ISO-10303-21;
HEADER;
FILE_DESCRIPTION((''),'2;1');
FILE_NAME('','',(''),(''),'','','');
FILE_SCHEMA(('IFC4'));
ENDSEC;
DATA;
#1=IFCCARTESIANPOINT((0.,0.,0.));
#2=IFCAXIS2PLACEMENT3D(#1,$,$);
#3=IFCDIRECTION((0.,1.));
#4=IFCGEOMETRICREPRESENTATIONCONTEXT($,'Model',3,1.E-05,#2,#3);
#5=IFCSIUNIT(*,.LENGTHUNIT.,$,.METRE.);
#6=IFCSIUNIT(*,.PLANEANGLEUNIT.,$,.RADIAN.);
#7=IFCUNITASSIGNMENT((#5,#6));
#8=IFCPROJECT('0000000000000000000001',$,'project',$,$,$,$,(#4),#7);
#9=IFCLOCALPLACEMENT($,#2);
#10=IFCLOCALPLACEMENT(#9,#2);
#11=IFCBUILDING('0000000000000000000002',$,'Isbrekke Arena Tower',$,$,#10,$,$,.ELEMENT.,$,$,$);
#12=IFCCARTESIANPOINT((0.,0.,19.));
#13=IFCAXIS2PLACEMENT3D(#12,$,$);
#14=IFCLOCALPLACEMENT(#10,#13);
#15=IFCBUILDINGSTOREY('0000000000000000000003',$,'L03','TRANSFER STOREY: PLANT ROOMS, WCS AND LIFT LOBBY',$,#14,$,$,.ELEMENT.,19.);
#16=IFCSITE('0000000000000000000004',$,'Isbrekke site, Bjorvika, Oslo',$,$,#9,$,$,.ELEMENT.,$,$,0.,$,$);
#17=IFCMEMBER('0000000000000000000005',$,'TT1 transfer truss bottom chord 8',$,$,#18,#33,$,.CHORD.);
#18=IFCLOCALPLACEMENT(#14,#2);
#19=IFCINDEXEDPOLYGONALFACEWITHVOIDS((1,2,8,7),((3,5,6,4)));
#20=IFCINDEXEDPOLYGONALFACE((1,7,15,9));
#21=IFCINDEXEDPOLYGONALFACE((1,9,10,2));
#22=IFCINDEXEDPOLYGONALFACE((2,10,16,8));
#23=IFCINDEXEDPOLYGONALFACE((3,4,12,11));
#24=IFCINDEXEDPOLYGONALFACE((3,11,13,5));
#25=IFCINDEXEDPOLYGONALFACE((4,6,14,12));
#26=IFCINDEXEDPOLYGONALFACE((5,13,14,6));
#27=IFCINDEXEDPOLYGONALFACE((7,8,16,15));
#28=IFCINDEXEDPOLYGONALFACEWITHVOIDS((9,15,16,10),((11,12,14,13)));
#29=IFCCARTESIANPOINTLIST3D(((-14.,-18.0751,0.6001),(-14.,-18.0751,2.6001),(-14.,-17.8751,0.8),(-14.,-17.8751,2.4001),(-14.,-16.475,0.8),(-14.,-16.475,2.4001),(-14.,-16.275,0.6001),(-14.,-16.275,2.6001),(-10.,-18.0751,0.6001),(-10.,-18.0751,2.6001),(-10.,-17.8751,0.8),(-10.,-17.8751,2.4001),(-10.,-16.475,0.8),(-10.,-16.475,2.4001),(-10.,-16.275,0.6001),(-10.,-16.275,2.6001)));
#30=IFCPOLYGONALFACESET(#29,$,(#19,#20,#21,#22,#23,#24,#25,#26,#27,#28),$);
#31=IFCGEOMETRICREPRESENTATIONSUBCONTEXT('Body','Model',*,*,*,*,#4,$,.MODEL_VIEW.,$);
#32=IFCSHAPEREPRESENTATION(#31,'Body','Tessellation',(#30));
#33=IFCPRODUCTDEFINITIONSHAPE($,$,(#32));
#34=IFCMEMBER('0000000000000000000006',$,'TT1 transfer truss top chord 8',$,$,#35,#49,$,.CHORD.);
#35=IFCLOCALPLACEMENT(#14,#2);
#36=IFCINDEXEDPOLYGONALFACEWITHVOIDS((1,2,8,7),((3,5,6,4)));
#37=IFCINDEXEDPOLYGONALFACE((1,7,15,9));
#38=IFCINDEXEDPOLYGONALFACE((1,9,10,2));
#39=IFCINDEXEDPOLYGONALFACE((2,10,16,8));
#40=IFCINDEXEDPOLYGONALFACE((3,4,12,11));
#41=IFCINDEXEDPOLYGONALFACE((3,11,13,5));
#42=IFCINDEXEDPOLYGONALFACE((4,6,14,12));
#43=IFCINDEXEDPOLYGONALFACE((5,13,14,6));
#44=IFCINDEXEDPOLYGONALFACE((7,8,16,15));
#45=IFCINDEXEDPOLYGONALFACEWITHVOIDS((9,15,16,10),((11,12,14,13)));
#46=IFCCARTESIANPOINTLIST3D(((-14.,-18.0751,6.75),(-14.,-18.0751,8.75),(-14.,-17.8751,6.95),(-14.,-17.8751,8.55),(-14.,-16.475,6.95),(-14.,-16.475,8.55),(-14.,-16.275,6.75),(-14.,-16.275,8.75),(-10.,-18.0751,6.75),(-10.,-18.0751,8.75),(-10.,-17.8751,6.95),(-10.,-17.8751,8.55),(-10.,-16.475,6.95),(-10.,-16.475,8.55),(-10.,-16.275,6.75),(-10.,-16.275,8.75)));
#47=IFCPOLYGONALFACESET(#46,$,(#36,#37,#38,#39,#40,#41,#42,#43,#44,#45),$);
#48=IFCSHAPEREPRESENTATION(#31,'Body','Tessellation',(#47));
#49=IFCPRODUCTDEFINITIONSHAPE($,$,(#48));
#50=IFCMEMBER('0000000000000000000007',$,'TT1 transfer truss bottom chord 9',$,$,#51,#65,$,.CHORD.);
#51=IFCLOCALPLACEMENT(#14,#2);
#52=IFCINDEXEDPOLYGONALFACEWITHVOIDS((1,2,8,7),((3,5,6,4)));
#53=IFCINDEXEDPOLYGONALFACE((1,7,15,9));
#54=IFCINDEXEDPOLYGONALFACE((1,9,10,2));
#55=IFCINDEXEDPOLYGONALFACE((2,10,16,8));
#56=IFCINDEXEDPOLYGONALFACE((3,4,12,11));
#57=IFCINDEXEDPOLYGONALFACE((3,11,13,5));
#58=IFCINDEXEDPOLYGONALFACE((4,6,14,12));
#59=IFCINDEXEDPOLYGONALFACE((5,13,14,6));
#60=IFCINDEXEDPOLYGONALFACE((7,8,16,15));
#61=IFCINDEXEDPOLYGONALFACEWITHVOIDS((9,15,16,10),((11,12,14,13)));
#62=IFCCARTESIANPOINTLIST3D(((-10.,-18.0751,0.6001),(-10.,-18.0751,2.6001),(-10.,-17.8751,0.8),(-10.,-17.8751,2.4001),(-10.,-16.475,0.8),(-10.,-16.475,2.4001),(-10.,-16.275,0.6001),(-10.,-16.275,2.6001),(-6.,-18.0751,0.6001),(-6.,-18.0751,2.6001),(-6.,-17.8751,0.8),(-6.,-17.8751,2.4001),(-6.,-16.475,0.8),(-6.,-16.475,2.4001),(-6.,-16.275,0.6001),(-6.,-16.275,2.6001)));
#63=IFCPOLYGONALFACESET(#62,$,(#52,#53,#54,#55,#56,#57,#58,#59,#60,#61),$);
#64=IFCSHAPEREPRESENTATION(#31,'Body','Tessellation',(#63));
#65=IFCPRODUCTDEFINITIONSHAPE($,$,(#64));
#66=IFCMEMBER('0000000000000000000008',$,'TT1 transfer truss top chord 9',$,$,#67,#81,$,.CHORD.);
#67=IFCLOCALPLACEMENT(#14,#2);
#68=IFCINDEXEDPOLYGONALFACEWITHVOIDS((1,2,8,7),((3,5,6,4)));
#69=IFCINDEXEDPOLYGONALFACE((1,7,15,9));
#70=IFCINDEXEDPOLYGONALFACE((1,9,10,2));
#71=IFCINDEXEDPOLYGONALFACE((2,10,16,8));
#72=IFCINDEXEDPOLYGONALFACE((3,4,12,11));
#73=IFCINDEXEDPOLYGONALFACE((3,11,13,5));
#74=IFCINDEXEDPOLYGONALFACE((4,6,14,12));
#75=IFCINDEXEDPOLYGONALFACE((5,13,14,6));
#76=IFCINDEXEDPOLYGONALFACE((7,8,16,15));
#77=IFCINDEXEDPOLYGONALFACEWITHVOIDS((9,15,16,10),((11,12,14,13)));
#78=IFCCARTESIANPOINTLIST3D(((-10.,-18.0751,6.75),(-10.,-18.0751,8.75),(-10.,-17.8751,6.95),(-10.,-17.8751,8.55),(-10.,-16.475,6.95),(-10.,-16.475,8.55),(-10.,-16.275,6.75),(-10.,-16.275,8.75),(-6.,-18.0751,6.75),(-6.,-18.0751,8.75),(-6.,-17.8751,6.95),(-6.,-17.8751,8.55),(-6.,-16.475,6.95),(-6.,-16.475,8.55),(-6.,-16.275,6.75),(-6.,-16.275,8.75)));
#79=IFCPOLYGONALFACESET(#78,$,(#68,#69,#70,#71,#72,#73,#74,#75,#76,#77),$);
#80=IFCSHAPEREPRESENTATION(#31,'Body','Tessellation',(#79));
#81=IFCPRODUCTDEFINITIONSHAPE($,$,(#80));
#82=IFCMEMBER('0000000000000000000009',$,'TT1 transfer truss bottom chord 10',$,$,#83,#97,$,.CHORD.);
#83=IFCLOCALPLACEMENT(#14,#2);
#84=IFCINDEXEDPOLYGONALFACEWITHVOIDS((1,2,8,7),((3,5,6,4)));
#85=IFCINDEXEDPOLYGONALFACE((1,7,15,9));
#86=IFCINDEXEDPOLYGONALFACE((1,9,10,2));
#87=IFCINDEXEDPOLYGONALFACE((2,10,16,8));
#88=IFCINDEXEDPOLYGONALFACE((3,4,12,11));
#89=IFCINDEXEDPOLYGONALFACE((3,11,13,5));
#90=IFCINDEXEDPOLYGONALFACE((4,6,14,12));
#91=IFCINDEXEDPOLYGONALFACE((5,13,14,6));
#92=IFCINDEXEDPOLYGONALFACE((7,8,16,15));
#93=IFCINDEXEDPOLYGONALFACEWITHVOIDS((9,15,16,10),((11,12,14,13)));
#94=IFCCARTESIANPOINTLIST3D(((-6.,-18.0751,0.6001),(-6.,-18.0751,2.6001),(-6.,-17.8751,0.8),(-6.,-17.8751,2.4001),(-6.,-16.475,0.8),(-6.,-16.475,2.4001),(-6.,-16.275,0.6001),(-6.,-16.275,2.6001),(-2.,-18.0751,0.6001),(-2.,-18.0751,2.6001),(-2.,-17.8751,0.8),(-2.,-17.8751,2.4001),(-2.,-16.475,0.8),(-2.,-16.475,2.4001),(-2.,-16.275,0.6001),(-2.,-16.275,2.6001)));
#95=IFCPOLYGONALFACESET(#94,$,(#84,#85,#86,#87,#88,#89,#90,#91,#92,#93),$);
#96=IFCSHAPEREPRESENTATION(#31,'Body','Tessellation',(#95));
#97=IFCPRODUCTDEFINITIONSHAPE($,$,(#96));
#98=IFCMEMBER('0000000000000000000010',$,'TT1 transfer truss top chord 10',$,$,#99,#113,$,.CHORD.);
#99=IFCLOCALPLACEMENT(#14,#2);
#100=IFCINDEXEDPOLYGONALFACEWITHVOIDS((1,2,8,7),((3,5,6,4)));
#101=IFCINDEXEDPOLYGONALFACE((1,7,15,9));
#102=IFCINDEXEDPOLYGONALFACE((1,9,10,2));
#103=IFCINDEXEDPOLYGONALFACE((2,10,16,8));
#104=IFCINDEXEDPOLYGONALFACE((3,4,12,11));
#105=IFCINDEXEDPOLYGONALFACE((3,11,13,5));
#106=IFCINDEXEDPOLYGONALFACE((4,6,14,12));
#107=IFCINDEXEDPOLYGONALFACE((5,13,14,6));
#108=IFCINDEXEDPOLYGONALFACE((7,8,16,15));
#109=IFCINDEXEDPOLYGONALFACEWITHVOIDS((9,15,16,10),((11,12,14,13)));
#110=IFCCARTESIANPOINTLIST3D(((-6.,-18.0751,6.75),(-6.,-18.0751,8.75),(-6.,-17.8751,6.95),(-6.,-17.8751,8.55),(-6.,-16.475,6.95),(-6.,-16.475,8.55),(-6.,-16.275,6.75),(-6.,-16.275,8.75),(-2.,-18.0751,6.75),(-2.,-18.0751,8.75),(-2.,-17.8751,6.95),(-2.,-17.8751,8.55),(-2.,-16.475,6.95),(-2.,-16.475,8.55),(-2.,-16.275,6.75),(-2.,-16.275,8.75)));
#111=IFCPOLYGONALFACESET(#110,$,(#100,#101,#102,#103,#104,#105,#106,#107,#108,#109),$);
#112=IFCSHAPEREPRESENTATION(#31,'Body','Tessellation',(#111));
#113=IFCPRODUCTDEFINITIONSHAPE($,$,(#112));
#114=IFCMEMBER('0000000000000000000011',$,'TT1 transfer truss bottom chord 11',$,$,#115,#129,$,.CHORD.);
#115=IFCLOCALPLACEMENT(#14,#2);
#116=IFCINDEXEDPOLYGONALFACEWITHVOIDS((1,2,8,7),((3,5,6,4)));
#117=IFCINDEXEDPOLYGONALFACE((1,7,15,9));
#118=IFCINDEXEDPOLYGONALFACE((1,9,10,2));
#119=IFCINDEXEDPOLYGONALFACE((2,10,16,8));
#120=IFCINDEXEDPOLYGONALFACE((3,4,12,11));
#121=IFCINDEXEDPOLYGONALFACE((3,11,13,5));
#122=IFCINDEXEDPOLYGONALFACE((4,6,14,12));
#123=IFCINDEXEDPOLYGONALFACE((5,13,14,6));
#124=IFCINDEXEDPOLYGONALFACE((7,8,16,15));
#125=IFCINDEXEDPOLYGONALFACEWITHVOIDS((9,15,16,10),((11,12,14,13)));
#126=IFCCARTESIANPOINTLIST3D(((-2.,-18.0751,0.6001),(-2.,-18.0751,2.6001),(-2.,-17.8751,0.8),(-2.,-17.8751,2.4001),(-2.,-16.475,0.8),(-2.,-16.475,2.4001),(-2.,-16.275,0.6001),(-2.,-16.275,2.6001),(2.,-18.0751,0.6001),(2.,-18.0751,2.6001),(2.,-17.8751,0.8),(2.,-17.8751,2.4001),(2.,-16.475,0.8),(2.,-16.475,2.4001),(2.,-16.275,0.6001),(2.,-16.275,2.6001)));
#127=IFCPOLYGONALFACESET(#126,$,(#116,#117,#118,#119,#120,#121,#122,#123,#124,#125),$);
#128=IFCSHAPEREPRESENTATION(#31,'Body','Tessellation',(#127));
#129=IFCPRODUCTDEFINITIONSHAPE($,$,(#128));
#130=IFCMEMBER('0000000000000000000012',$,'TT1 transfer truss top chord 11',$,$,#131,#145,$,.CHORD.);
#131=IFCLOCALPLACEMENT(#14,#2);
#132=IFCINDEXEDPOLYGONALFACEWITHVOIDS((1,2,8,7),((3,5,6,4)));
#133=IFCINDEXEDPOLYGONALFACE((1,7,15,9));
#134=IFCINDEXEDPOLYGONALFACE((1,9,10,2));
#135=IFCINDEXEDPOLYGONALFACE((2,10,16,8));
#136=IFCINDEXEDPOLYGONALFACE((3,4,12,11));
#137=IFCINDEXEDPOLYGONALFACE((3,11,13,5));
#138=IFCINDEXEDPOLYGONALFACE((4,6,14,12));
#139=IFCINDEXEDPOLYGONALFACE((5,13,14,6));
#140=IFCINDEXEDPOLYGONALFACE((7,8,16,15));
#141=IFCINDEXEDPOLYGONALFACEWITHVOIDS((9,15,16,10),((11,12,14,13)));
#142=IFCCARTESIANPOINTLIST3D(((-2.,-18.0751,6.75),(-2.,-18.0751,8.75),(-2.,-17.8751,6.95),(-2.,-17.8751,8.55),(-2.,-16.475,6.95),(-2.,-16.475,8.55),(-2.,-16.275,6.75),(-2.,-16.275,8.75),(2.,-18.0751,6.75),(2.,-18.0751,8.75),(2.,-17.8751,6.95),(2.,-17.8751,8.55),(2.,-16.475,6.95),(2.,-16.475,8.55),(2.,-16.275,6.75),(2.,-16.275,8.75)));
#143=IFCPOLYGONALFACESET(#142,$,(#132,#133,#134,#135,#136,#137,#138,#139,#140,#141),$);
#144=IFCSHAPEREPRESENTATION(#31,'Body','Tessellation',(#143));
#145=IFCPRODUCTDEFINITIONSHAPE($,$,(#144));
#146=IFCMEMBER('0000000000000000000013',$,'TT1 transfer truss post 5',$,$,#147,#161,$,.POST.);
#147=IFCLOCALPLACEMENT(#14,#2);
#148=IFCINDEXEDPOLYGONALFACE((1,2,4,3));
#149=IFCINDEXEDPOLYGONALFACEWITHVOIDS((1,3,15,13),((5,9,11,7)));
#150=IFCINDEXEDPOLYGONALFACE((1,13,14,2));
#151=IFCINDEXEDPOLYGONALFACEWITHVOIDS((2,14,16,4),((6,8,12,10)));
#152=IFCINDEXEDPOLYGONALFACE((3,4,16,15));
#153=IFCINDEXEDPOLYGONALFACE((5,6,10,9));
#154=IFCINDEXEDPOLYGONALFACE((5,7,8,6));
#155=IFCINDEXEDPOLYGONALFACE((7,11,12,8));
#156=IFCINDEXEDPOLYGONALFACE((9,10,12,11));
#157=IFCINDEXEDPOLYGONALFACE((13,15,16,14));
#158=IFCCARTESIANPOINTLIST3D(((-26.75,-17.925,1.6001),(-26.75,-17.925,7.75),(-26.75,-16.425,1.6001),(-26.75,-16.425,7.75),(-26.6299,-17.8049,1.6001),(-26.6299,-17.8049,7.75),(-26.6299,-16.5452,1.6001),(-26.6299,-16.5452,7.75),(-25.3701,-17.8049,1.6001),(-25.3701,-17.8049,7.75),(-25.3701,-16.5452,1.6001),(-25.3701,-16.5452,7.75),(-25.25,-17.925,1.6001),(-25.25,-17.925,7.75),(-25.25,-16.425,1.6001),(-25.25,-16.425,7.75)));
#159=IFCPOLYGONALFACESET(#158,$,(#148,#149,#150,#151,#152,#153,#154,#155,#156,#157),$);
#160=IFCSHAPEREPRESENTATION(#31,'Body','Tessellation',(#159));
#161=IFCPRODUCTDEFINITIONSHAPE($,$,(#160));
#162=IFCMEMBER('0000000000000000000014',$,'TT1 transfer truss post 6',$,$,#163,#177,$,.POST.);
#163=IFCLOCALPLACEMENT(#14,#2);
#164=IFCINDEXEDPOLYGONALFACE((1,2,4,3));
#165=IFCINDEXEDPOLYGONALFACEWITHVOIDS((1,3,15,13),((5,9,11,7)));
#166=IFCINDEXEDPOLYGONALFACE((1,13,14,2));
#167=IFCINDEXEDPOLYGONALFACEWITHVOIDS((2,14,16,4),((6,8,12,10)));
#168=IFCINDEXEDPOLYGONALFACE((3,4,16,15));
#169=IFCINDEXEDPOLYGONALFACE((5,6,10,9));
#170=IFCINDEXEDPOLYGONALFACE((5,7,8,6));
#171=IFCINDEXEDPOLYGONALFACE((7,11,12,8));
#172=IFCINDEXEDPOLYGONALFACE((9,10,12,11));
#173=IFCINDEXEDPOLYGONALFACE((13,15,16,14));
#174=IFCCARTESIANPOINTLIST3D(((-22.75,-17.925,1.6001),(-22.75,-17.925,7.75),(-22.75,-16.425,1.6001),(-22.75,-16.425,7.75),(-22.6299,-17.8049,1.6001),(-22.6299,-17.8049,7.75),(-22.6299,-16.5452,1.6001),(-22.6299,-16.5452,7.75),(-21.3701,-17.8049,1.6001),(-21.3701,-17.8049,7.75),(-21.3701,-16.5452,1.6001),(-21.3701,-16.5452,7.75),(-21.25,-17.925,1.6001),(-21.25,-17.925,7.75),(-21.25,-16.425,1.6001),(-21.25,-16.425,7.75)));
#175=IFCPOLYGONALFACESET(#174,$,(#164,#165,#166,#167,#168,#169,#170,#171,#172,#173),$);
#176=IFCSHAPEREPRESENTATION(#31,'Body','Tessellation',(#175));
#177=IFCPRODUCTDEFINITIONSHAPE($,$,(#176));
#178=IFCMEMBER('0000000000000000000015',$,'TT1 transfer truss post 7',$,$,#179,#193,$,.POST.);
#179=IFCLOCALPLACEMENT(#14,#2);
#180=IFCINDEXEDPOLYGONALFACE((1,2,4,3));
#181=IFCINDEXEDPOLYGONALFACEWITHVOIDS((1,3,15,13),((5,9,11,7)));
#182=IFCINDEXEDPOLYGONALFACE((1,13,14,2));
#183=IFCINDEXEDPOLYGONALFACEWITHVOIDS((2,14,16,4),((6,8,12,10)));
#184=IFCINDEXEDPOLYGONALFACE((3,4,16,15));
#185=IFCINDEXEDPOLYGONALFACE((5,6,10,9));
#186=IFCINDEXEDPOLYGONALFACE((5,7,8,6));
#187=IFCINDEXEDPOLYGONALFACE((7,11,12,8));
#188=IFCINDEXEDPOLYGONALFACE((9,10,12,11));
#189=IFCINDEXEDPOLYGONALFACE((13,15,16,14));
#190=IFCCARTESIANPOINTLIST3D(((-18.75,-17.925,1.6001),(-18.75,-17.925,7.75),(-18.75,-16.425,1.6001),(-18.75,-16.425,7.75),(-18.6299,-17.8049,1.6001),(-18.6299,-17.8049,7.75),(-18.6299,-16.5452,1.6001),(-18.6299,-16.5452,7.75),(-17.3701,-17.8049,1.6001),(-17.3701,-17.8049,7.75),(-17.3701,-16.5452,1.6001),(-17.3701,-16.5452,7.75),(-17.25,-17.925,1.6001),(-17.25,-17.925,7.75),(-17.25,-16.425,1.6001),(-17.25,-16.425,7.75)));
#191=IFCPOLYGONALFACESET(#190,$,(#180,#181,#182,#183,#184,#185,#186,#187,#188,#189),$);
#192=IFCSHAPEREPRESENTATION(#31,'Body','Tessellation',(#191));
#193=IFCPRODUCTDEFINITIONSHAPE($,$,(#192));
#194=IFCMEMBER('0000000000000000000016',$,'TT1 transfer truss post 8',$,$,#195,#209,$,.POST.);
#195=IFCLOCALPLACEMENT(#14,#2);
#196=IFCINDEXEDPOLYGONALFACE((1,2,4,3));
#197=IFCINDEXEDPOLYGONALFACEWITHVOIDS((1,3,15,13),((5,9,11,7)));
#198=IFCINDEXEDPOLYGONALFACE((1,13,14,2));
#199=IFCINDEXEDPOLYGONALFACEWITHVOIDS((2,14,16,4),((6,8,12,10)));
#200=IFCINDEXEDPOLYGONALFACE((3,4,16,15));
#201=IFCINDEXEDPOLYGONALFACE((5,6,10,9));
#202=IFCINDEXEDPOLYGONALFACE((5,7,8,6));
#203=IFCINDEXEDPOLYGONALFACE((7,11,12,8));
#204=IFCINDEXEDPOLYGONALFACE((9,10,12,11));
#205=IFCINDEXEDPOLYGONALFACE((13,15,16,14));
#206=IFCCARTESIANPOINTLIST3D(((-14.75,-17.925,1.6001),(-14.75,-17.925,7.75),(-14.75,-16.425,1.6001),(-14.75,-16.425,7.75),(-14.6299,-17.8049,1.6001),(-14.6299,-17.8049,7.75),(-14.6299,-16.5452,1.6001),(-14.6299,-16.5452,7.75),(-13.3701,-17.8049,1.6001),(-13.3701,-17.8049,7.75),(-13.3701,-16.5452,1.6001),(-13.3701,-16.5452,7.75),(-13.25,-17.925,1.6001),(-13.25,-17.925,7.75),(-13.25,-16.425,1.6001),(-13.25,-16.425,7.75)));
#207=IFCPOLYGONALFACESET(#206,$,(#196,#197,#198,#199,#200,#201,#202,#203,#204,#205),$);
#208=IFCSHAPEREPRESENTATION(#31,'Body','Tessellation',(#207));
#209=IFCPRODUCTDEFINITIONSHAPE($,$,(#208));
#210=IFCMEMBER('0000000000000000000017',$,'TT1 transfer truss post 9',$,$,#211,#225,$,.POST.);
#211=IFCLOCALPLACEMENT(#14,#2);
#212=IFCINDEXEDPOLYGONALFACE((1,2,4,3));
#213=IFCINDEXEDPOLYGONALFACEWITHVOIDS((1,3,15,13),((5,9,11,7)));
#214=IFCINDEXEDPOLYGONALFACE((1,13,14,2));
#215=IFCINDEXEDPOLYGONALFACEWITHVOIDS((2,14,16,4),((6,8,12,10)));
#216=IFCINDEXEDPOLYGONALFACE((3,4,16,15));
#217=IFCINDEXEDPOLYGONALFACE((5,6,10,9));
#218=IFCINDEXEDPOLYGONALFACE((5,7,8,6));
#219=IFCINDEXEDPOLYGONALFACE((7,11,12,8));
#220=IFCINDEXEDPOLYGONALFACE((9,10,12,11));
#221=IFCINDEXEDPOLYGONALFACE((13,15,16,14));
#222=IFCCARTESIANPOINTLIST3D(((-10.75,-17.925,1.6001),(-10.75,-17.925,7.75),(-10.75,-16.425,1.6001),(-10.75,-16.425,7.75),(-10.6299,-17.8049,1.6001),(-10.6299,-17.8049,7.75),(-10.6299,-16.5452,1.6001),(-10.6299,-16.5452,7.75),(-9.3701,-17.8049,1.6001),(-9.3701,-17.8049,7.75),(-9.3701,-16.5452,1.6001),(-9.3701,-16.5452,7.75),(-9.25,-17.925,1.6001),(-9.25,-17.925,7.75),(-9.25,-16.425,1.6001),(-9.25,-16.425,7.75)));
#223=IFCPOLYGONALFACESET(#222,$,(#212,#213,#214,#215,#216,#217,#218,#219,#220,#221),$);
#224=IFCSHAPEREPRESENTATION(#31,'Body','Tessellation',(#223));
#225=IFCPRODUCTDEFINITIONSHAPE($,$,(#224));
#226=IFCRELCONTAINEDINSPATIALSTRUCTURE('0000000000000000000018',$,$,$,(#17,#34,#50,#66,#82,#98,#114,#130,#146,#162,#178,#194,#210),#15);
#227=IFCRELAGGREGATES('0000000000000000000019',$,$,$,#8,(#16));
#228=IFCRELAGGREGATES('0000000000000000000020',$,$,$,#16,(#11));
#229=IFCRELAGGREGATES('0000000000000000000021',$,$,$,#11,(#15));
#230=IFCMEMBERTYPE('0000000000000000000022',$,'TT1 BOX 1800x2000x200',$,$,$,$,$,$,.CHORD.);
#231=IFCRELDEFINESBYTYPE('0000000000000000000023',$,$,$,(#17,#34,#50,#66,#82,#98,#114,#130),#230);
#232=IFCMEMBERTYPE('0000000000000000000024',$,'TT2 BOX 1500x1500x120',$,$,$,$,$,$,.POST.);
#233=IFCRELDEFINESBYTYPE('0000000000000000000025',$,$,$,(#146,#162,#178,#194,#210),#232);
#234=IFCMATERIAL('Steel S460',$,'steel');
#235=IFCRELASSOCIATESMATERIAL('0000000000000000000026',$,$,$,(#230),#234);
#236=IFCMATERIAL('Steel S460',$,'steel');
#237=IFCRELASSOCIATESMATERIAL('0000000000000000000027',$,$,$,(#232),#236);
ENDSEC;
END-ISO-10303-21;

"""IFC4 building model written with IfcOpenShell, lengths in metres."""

from ifc_helpers import new_model, si_unit, direction, frame, origin, origin_2d, place, context, subcontext, project, spatial, hollow_rectangle, extrude, material, material_profile, profile_set, type_object, element, save


model = new_model("IFC4")

# Units and contexts
model_context = context("Model", 3, precision=1e-05, world=origin(), true_north=direction((0.0, 1.0)))
body_context = subcontext(model_context, "Body", "Model", "MODEL_VIEW")
ifc_project = project(units=[si_unit("LENGTHUNIT", "METRE"), si_unit("PLANEANGLEUNIT", "RADIAN")], contexts=[model_context])

# Site, building, storey
site_placement = place(None, origin())
site = spatial("IfcSite", under=ifc_project, at=site_placement, Name="Isbrekke site, Bjorvika, Oslo", CompositionType="ELEMENT", RefElevation=0.0)
building_placement = place(site_placement, origin())
building = spatial("IfcBuilding", under=site, at=building_placement, Name="Isbrekke Arena Tower", CompositionType="ELEMENT")
storey_placement = place(building_placement, frame((0.0, 0.0, 19.0)))
storey = spatial("IfcBuildingStorey", under=building, at=storey_placement, Name="L03", Description="TRANSFER STOREY: PLANT ROOMS, WCS AND LIFT LOBBY", CompositionType="ELEMENT", Elevation=19.0)

# Members
ifc_material_1 = material(Name="Steel S460", Category="steel")
ifc_material_profile_1 = material_profile(ifc_material_1, hollow_rectangle(XDim=1.8, YDim=2.0, WallThickness=0.2, at=origin_2d()), Name="BOX 1800x2000x200")
ifc_profile_set_1 = profile_set([ifc_material_profile_1], Name="Steel S460")
member_type_1 = type_object("IfcMemberType", Name="TT1 BOX 1800x2000x200", PredefinedType="CHORD", material=ifc_profile_set_1)
for number, where, z_axis, x_axis, name in (
    (1, (-14.0, -17.175, 1.6001), (1.0, 0.0, 0.0), (0.0, 1.0, 0.0), "TT1 transfer truss bottom chord 8"),
    (2, (-14.0, -17.175, 7.75), (1.0, 0.0, 0.0), (0.0, 1.0, 0.0), "TT1 transfer truss top chord 8"),
    (3, (-10.0, -17.175, 1.6001), (1.0, 0.0, 0.0), (0.0, 1.0, 0.0), "TT1 transfer truss bottom chord 9"),
    (4, (-10.0, -17.175, 7.75), (1.0, 0.0, 0.0), (0.0, 1.0, 0.0), "TT1 transfer truss top chord 9"),
    (5, (-6.0, -17.175, 1.6001), (1.0, 0.0, 0.0), (0.0, 1.0, 0.0), "TT1 transfer truss bottom chord 10"),
    (6, (-6.0, -17.175, 7.75), (1.0, 0.0, 0.0), (0.0, 1.0, 0.0), "TT1 transfer truss top chord 10"),
    (7, (-2.0, -17.175, 1.6001), (1.0, 0.0, 0.0), (0.0, 1.0, 0.0), "TT1 transfer truss bottom chord 11"),
    (8, (-2.0, -17.175, 7.75), (1.0, 0.0, 0.0), (0.0, 1.0, 0.0), "TT1 transfer truss top chord 11"),
):
    element("IfcMember", number, at=place(storey_placement, frame(where, z_axis=z_axis, x_axis=x_axis)), inside=storey, type_object=member_type_1, Name=name, PredefinedType="CHORD", context=body_context, shape_type="SweptSolid", body=[
        extrude(hollow_rectangle(XDim=1.8, YDim=2.0, WallThickness=0.2, at=origin_2d()), origin(), (0.0, 0.0, 1.0), 4.0),
    ])
ifc_material_2 = material(Name="Steel S460", Category="steel")
ifc_material_profile_2 = material_profile(ifc_material_2, hollow_rectangle(XDim=1.5, YDim=1.5, WallThickness=0.1201, at=origin_2d()), Name="BOX 1500x1500x120")
ifc_profile_set_2 = profile_set([ifc_material_profile_2], Name="Steel S460")
member_type_2 = type_object("IfcMemberType", Name="TT2 BOX 1500x1500x120", PredefinedType="POST", material=ifc_profile_set_2)
for number, where, z_axis, x_axis, name in (
    (9, (-26.0, -17.175, 1.6001), (0.0, 0.0, 1.0), (1.0, 0.0, 0.0), "TT1 transfer truss post 5"),
    (10, (-22.0, -17.175, 1.6001), (0.0, 0.0, 1.0), (1.0, 0.0, 0.0), "TT1 transfer truss post 6"),
    (11, (-18.0, -17.175, 1.6001), (0.0, 0.0, 1.0), (1.0, 0.0, 0.0), "TT1 transfer truss post 7"),
    (12, (-14.0, -17.175, 1.6001), (0.0, 0.0, 1.0), (1.0, 0.0, 0.0), "TT1 transfer truss post 8"),
    (13, (-10.0, -17.175, 1.6001), (0.0, 0.0, 1.0), (1.0, 0.0, 0.0), "TT1 transfer truss post 9"),
):
    element("IfcMember", number, at=place(storey_placement, frame(where, z_axis=z_axis, x_axis=x_axis)), inside=storey, type_object=member_type_2, Name=name, PredefinedType="POST", context=body_context, shape_type="SweptSolid", body=[
        extrude(hollow_rectangle(XDim=1.5, YDim=1.5, WallThickness=0.1201, at=origin_2d()), origin(), (0.0, 0.0, 1.0), 6.1499),
    ])

save(model, "model.ifc")
